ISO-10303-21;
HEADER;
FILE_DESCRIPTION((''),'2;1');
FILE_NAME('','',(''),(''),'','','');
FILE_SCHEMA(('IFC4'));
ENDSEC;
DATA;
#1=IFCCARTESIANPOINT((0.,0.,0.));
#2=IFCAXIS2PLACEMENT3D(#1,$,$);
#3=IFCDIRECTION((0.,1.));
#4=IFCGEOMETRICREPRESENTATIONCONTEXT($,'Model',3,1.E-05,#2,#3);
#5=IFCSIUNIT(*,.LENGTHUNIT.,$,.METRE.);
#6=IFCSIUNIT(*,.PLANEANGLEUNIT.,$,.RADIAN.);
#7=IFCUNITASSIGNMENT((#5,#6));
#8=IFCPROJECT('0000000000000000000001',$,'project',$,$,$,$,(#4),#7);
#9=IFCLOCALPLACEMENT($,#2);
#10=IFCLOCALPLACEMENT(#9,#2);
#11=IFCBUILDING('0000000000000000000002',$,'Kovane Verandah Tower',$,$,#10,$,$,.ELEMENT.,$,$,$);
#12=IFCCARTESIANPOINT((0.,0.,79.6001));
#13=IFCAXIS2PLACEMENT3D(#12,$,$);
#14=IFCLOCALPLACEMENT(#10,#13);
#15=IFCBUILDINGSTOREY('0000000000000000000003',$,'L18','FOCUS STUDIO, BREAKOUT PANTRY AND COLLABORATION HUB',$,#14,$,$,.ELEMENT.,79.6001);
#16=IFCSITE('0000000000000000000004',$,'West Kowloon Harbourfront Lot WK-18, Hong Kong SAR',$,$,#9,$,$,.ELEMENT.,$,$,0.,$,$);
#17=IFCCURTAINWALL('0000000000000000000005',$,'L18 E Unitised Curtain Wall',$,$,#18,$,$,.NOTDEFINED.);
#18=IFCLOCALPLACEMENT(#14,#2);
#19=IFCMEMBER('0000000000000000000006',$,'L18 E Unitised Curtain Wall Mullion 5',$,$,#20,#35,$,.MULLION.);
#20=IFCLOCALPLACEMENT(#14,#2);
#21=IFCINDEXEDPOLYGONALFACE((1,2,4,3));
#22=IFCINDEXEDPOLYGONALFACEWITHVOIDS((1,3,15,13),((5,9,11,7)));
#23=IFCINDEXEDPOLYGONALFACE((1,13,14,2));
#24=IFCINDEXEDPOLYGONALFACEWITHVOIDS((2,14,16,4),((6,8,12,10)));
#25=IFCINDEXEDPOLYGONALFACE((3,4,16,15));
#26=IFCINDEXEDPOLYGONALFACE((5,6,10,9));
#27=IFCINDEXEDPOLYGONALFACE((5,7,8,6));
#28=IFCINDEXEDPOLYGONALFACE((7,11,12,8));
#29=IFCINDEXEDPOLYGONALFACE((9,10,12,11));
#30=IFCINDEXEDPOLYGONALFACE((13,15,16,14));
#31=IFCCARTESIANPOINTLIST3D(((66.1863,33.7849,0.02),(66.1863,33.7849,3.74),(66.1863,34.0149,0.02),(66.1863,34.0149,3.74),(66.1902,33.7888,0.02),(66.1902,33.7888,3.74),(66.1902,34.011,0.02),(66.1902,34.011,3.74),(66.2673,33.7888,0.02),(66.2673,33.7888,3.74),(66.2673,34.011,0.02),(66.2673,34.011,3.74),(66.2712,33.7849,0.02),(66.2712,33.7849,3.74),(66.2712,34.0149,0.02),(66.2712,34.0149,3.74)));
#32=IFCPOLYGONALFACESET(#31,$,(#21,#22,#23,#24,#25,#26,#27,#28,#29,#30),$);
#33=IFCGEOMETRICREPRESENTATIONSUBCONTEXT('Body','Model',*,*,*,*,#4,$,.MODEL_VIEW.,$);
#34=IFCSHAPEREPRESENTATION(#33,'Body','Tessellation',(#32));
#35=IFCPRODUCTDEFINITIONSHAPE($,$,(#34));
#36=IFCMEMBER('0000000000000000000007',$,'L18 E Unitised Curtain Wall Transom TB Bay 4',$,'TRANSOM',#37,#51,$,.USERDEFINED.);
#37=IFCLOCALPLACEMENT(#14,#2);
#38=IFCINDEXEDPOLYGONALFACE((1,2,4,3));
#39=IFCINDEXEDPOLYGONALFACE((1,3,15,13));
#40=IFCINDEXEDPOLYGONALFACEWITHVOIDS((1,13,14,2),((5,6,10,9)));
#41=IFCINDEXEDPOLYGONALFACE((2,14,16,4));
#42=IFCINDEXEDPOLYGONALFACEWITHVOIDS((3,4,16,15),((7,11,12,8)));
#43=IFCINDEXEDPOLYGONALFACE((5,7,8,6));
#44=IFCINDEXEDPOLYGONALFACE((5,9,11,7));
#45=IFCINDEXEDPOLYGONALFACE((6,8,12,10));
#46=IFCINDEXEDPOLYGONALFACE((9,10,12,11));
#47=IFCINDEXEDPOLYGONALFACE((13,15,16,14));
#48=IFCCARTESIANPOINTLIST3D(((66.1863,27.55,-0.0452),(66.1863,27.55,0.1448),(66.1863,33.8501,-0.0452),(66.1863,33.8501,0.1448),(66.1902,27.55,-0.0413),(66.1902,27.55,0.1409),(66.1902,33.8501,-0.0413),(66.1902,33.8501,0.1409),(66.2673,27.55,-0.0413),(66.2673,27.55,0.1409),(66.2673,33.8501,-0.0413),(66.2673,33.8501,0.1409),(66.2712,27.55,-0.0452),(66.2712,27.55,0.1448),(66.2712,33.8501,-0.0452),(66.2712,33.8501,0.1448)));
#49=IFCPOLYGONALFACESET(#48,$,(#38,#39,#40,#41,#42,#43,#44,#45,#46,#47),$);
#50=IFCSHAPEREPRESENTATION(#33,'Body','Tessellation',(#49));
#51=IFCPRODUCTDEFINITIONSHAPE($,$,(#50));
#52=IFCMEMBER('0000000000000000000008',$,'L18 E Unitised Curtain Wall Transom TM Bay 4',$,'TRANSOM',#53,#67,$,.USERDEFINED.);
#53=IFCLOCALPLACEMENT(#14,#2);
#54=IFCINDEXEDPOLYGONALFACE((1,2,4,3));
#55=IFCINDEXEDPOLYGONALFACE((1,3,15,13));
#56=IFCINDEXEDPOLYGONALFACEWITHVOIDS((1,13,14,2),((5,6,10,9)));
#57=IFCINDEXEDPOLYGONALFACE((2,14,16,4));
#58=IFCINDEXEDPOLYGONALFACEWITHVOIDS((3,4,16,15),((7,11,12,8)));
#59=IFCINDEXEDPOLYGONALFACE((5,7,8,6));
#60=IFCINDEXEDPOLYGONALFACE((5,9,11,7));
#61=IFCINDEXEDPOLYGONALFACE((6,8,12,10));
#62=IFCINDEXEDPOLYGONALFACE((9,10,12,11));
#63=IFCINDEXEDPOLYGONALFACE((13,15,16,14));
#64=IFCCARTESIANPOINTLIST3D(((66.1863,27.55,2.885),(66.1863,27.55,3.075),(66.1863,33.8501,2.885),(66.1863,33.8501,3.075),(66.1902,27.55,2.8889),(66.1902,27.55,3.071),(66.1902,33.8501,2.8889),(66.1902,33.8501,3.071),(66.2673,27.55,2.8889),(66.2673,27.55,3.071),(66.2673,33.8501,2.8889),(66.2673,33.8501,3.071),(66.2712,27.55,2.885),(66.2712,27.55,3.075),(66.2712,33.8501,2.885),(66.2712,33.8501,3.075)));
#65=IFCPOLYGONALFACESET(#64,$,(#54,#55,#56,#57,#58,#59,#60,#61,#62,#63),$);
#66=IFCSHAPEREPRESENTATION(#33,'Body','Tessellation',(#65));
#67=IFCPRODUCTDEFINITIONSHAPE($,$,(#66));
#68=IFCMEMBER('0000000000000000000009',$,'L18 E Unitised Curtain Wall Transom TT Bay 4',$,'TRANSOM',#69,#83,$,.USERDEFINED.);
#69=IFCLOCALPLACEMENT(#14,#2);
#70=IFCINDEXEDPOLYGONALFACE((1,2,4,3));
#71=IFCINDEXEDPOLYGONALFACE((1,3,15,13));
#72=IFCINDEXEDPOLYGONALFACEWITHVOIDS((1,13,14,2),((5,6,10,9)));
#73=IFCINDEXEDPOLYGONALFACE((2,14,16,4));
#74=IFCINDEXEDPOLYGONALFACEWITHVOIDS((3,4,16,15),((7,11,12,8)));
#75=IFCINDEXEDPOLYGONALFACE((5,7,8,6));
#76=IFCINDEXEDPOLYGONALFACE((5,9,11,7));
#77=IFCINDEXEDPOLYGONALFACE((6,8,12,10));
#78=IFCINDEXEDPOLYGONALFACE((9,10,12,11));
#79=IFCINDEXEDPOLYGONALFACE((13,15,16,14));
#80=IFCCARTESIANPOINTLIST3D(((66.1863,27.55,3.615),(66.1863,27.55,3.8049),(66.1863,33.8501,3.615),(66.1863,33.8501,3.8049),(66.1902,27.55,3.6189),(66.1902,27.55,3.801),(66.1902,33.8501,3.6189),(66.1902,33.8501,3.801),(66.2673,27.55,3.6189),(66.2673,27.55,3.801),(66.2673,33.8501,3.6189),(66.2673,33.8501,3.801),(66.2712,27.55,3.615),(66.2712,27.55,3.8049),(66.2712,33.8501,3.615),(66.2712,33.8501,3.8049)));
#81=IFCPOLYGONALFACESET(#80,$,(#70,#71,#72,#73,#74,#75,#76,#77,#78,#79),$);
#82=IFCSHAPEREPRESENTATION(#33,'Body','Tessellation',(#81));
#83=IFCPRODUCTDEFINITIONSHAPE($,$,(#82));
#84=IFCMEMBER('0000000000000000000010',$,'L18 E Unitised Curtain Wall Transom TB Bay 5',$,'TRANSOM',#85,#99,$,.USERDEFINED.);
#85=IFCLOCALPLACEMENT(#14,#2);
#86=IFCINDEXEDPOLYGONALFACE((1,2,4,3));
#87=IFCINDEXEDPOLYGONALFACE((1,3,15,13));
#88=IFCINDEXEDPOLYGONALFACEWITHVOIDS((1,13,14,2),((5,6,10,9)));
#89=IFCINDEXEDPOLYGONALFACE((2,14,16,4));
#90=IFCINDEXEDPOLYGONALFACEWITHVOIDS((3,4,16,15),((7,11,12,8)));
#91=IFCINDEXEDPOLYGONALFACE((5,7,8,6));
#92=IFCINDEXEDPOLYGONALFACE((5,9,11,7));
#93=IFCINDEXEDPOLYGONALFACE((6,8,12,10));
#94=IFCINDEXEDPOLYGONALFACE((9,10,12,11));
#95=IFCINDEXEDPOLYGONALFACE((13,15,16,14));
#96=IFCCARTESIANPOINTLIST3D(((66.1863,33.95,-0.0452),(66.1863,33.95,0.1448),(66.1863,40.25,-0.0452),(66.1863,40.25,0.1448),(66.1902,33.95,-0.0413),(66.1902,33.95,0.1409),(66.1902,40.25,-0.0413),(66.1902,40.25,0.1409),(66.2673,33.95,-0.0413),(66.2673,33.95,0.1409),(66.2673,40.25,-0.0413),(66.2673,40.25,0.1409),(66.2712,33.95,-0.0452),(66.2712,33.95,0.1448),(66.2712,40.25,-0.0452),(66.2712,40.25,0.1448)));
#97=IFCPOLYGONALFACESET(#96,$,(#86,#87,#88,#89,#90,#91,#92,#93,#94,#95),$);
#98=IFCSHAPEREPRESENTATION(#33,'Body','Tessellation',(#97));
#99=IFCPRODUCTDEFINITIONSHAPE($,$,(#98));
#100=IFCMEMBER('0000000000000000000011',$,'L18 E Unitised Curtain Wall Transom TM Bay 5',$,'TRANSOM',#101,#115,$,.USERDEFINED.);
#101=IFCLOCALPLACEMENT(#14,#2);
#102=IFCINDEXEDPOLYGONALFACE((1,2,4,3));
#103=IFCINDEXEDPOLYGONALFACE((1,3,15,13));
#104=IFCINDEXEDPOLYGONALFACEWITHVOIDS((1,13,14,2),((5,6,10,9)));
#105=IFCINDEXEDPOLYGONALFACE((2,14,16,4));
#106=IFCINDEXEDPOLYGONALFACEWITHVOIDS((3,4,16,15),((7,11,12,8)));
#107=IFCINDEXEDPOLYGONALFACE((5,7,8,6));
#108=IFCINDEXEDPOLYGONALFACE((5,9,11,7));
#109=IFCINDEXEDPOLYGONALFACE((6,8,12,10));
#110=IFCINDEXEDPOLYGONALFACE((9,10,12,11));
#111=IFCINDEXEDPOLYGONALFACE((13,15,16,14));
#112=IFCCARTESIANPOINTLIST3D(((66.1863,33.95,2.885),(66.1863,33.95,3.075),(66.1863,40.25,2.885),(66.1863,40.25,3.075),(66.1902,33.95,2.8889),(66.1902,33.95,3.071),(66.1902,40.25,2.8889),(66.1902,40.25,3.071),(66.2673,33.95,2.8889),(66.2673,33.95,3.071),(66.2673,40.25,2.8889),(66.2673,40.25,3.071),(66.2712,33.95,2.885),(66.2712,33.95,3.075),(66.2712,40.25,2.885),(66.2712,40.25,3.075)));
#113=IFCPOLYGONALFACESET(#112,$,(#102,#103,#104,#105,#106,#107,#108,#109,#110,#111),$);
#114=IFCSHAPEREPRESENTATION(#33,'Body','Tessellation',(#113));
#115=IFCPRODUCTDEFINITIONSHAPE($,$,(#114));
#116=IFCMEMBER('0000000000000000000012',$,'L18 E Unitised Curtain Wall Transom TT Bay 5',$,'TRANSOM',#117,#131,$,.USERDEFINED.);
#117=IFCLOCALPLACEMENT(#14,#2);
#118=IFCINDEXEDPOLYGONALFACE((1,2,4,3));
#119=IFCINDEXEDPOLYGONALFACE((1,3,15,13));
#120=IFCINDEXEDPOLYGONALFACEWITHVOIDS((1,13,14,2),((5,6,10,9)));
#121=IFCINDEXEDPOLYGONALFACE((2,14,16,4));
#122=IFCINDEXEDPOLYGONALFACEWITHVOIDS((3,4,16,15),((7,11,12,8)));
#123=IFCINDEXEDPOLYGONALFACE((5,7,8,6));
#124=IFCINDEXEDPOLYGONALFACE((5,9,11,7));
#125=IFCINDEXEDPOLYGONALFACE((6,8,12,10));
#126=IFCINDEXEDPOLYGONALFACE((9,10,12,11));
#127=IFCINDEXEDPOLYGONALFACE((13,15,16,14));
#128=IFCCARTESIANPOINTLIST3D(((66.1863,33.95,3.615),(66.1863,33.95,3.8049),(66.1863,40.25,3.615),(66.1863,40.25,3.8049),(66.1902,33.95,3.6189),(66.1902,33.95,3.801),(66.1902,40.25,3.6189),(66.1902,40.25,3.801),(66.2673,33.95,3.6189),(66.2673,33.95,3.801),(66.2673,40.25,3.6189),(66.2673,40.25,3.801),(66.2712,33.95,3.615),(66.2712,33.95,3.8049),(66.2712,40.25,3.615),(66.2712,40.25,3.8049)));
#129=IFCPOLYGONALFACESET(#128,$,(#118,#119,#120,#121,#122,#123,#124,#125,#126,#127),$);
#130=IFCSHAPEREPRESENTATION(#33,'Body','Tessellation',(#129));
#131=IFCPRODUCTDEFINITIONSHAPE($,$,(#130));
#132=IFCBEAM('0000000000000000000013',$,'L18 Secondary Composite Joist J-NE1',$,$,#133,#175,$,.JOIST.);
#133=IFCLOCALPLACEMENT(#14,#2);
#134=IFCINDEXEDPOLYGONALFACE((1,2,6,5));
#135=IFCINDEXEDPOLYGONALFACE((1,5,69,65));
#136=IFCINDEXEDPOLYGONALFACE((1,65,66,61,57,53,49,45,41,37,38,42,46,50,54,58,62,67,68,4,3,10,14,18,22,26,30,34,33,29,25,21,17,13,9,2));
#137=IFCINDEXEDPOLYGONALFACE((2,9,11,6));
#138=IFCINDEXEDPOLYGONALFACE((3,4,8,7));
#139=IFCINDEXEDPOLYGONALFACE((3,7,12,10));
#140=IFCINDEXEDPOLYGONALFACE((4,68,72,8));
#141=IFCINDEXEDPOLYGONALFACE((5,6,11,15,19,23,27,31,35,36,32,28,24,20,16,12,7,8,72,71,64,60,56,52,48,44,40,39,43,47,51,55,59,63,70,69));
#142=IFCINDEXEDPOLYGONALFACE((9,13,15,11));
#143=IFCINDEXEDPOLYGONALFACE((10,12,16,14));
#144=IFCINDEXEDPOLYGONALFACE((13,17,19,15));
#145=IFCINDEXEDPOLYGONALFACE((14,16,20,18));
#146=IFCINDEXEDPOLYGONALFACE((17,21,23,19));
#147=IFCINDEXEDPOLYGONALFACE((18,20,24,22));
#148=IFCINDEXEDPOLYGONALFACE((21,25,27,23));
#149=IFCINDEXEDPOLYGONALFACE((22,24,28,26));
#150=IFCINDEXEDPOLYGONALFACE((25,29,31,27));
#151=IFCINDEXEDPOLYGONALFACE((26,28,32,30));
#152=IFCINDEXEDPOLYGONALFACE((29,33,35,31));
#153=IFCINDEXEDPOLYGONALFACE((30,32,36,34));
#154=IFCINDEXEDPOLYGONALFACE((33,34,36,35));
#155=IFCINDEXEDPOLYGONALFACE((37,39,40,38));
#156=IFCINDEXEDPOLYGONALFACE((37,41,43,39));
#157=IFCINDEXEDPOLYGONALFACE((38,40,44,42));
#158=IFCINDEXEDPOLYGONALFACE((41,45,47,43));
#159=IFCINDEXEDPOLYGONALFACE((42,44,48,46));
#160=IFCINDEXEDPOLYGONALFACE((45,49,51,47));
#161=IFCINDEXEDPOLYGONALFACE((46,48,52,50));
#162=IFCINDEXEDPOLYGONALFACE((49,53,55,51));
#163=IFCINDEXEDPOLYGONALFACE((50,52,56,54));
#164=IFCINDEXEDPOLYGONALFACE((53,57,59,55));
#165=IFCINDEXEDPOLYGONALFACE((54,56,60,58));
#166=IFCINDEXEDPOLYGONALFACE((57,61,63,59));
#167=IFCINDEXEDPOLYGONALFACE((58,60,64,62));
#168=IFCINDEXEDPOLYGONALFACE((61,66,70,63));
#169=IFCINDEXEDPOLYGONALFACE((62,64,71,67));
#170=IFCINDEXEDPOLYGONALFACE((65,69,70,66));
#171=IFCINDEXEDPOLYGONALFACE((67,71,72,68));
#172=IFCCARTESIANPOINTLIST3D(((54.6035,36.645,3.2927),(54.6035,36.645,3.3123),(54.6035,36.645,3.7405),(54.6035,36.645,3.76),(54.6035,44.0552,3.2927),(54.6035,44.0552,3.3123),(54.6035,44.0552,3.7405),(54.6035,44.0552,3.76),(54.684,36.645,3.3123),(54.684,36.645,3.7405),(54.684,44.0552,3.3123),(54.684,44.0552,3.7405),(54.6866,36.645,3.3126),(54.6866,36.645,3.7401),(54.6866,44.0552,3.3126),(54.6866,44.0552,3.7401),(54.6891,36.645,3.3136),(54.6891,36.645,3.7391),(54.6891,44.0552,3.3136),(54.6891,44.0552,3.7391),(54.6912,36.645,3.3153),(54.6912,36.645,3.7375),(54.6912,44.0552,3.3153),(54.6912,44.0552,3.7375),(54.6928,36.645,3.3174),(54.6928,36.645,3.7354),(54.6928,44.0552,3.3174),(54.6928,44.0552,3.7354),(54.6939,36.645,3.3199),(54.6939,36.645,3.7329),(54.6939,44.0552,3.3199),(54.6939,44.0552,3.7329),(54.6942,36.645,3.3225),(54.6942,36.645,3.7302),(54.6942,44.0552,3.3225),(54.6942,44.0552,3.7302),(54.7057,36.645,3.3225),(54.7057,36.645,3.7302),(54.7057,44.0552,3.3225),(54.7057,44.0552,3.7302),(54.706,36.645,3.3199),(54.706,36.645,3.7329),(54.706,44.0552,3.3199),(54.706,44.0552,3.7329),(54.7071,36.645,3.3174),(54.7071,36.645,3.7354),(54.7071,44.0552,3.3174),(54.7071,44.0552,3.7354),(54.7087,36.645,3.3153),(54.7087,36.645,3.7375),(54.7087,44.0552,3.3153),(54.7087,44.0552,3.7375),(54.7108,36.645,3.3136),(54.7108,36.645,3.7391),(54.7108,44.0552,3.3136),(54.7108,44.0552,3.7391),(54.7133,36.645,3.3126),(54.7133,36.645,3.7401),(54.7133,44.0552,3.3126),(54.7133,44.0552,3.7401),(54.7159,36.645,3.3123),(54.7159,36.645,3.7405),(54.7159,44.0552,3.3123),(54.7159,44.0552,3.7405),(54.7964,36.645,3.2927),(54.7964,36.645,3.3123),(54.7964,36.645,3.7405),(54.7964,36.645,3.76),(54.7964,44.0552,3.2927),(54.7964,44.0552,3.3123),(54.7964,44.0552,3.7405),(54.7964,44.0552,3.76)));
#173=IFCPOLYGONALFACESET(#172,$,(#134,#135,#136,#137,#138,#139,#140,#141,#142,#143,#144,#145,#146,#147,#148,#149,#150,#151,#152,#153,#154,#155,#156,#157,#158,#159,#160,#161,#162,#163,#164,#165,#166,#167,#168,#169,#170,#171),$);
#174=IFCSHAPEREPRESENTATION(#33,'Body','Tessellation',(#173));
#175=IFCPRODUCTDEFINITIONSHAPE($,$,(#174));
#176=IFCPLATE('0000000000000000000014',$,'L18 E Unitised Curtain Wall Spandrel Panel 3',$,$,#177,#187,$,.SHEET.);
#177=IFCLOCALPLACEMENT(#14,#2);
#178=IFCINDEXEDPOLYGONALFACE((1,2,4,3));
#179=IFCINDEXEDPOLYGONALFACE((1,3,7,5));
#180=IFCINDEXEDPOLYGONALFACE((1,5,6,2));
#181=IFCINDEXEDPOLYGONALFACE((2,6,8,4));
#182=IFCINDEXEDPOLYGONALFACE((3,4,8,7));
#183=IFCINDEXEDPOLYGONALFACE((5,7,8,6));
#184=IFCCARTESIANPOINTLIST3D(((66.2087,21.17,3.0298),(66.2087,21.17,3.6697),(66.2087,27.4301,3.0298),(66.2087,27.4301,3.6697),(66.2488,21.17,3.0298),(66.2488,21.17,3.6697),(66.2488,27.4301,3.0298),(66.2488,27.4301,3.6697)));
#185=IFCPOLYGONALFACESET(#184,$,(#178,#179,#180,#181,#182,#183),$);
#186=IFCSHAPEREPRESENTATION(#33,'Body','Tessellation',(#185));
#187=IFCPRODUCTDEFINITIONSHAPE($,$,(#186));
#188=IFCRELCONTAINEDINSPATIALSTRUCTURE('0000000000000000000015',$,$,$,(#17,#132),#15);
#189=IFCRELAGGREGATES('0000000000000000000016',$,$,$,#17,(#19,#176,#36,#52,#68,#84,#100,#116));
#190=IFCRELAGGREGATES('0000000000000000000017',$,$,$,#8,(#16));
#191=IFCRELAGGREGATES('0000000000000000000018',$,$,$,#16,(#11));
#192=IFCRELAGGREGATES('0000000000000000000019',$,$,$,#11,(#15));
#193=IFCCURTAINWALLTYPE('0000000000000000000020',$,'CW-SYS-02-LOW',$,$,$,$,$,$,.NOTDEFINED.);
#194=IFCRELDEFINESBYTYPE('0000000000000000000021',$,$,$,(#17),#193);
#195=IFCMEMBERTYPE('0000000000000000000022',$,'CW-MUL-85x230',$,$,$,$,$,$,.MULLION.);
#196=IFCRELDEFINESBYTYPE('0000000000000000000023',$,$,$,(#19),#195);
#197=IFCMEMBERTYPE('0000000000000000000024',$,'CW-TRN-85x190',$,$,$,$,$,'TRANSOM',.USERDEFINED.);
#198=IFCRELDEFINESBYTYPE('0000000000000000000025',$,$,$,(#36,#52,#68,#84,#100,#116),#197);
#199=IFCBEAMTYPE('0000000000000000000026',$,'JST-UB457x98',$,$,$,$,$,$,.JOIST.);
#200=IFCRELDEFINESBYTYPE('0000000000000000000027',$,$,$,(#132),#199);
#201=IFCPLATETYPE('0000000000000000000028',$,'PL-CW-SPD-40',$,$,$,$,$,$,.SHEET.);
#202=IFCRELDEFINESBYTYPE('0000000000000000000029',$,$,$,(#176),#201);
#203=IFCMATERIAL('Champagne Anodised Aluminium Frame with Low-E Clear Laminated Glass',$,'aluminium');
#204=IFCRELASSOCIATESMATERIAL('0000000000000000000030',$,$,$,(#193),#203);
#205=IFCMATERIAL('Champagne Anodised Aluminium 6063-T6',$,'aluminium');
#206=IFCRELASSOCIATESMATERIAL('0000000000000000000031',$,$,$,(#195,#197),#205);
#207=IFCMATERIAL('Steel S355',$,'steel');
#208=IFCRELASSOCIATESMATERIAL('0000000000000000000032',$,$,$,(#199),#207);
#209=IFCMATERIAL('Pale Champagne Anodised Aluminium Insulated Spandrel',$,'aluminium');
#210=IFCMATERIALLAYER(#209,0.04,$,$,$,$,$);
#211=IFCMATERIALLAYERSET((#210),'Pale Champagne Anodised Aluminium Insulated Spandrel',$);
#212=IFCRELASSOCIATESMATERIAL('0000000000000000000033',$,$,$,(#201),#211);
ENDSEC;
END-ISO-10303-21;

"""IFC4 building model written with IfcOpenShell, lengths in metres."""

from ifc_helpers import new_model, si_unit, direction, frame, origin, origin_2d, place, context, subcontext, project, spatial, rectangle, hollow_rectangle, i_section, extrude, material, layer, layer_set, material_profile, profile_set, type_object, element, aggregate, save


model = new_model("IFC4")

# Units and contexts
model_context = context("Model", 3, precision=1e-05, world=origin(), true_north=direction((0.0, 1.0)))
body_context = subcontext(model_context, "Body", "Model", "MODEL_VIEW")
ifc_project = project(units=[si_unit("LENGTHUNIT", "METRE"), si_unit("PLANEANGLEUNIT", "RADIAN")], contexts=[model_context])

# Site, building, storey
site_placement = place(None, origin())
site = spatial("IfcSite", under=ifc_project, at=site_placement, Name="West Kowloon Harbourfront Lot WK-18, Hong Kong SAR", CompositionType="ELEMENT", RefElevation=0.0)
building_placement = place(site_placement, origin())
building = spatial("IfcBuilding", under=site, at=building_placement, Name="Kovane Verandah Tower", CompositionType="ELEMENT")
storey_placement = place(building_placement, frame((0.0, 0.0, 79.6001)))
storey = spatial("IfcBuildingStorey", under=building, at=storey_placement, Name="L18", Description="FOCUS STUDIO, BREAKOUT PANTRY AND COLLABORATION HUB", CompositionType="ELEMENT", Elevation=79.6001)

# Shared definitions
ifc_material_1 = material(Name="Steel S355", Category="steel")

# Curtain wall, members
ifc_material_2 = material(Name="Champagne Anodised Aluminium Frame with Low-E Clear Laminated Glass", Category="aluminium")
curtain_wall_type = type_object("IfcCurtainWallType", Name="CW-SYS-02-LOW", PredefinedType="NOTDEFINED", material=ifc_material_2)
curtain_wall_placement = place(storey_placement, origin())
curtain_wall = element("IfcCurtainWall", 1, at=curtain_wall_placement, inside=storey, type_object=curtain_wall_type, Name="L18 E Unitised Curtain Wall", PredefinedType="NOTDEFINED")
ifc_material_3 = material(Name="Champagne Anodised Aluminium 6063-T6", Category="aluminium")
ifc_material_profile_1 = material_profile(ifc_material_3, hollow_rectangle(XDim=0.085, YDim=0.23, WallThickness=0.0039, at=origin_2d()), Name="AL85x230x4")
ifc_profile_set_1 = profile_set([ifc_material_profile_1], Name="Champagne Anodised Aluminium 6063-T6")
member_type_1 = type_object("IfcMemberType", Name="CW-MUL-85x230", PredefinedType="MULLION", material=ifc_profile_set_1)
member_1_placement = place(storey_placement, frame((66.2288, 33.8999, 0.02), z_axis=(0.0, 0.0, 1.0), x_axis=(1.0, 0.0, 0.0)))
member_1 = element("IfcMember", 2, at=member_1_placement, type_object=member_type_1, Name="L18 E Unitised Curtain Wall Mullion 5", PredefinedType="MULLION", context=body_context, shape_type="SweptSolid", body=[
    extrude(hollow_rectangle(XDim=0.085, YDim=0.23, WallThickness=0.0039, at=origin_2d()), origin(), (0.0, 0.0, 1.0), 3.72),
])
ifc_material_profile_2 = material_profile(ifc_material_3, hollow_rectangle(XDim=0.085, YDim=0.1899, WallThickness=0.0039, at=origin_2d()), Name="AL85x190x4")
ifc_profile_set_2 = profile_set([ifc_material_profile_2], Name="Champagne Anodised Aluminium 6063-T6")
member_type_2 = type_object("IfcMemberType", Name="CW-TRN-85x190", ElementType="TRANSOM", PredefinedType="USERDEFINED", material=ifc_profile_set_2)
member_2_placement = place(storey_placement, frame((66.2288, 27.55, 0.0498), z_axis=(0.0, 1.0, 0.0), x_axis=(-1.0, 0.0, 0.0)))
member_2 = element("IfcMember", 3, at=member_2_placement, type_object=member_type_2, Name="L18 E Unitised Curtain Wall Transom TB Bay 4", ObjectType="TRANSOM", PredefinedType="USERDEFINED", context=body_context, shape_type="SweptSolid", body=[
    extrude(hollow_rectangle(XDim=0.085, YDim=0.1899, WallThickness=0.0039, at=origin_2d()), origin(), (0.0, 0.0, 1.0), 6.3),
])
member_3_placement = place(storey_placement, frame((66.2288, 27.55, 2.98), z_axis=(0.0, 1.0, 0.0), x_axis=(-1.0, 0.0, 0.0)))
member_3 = element("IfcMember", 4, at=member_3_placement, type_object=member_type_2, Name="L18 E Unitised Curtain Wall Transom TM Bay 4", ObjectType="TRANSOM", PredefinedType="USERDEFINED", context=body_context, shape_type="SweptSolid", body=[
    extrude(hollow_rectangle(XDim=0.085, YDim=0.1899, WallThickness=0.0039, at=origin_2d()), origin(), (0.0, 0.0, 1.0), 6.3),
])
member_4_placement = place(storey_placement, frame((66.2288, 27.55, 3.71), z_axis=(0.0, 1.0, 0.0), x_axis=(-1.0, 0.0, 0.0)))
member_4 = element("IfcMember", 5, at=member_4_placement, type_object=member_type_2, Name="L18 E Unitised Curtain Wall Transom TT Bay 4", ObjectType="TRANSOM", PredefinedType="USERDEFINED", context=body_context, shape_type="SweptSolid", body=[
    extrude(hollow_rectangle(XDim=0.085, YDim=0.1899, WallThickness=0.0039, at=origin_2d()), origin(), (0.0, 0.0, 1.0), 6.3),
])
member_5_placement = place(storey_placement, frame((66.2288, 33.95, 0.0498), z_axis=(0.0, 1.0, 0.0), x_axis=(-1.0, 0.0, 0.0)))
member_5 = element("IfcMember", 6, at=member_5_placement, type_object=member_type_2, Name="L18 E Unitised Curtain Wall Transom TB Bay 5", ObjectType="TRANSOM", PredefinedType="USERDEFINED", context=body_context, shape_type="SweptSolid", body=[
    extrude(hollow_rectangle(XDim=0.085, YDim=0.1899, WallThickness=0.0039, at=origin_2d()), origin(), (0.0, 0.0, 1.0), 6.3),
])
member_6_placement = place(storey_placement, frame((66.2288, 33.95, 2.98), z_axis=(0.0, 1.0, 0.0), x_axis=(-1.0, 0.0, 0.0)))
member_6 = element("IfcMember", 7, at=member_6_placement, type_object=member_type_2, Name="L18 E Unitised Curtain Wall Transom TM Bay 5", ObjectType="TRANSOM", PredefinedType="USERDEFINED", context=body_context, shape_type="SweptSolid", body=[
    extrude(hollow_rectangle(XDim=0.085, YDim=0.1899, WallThickness=0.0039, at=origin_2d()), origin(), (0.0, 0.0, 1.0), 6.3),
])
member_7_placement = place(storey_placement, frame((66.2288, 33.95, 3.71), z_axis=(0.0, 1.0, 0.0), x_axis=(-1.0, 0.0, 0.0)))
member_7 = element("IfcMember", 8, at=member_7_placement, type_object=member_type_2, Name="L18 E Unitised Curtain Wall Transom TT Bay 5", ObjectType="TRANSOM", PredefinedType="USERDEFINED", context=body_context, shape_type="SweptSolid", body=[
    extrude(hollow_rectangle(XDim=0.085, YDim=0.1899, WallThickness=0.0039, at=origin_2d()), origin(), (0.0, 0.0, 1.0), 6.3),
])

# Beam
ifc_material_profile_3 = material_profile(ifc_material_1, i_section(OverallWidth=0.1929, OverallDepth=0.4673, WebThickness=0.0115, FlangeThickness=0.0195, FilletRadius=0.0103, at=origin_2d()), Name="UB457x191x98")
ifc_profile_set_3 = profile_set([ifc_material_profile_3], Name="Steel S355")
beam_type_1 = type_object("IfcBeamType", Name="JST-UB457x98", PredefinedType="JOIST", material=ifc_profile_set_3)
beam_1_placement = place(storey_placement, frame((54.7, 36.645, 3.5264), z_axis=(0.0, 1.0, 0.0), x_axis=(-1.0, 0.0, 0.0)))
element("IfcBeam", 9, at=beam_1_placement, inside=storey, type_object=beam_type_1, Name="L18 Secondary Composite Joist J-NE1", PredefinedType="JOIST", context=body_context, shape_type="SweptSolid", body=[
    extrude(i_section(OverallWidth=0.1929, OverallDepth=0.4673, WebThickness=0.0115, FlangeThickness=0.0195, FilletRadius=0.0103, at=origin_2d()), origin(), (0.0, 0.0, 1.0), 7.4102),
])

# Plate
ifc_material_4 = material(Name="Pale Champagne Anodised Aluminium Insulated Spandrel", Category="aluminium")
ifc_layer_1 = layer(ifc_material_4, 0.04)
ifc_layer_set_1 = layer_set([ifc_layer_1], Name="Pale Champagne Anodised Aluminium Insulated Spandrel")
plate_type_1 = type_object("IfcPlateType", Name="PL-CW-SPD-40", PredefinedType="SHEET", material=ifc_layer_set_1)
plate_1_placement = place(storey_placement, frame((66.2288, 24.3, 3.0298), z_axis=(0.0, 0.0, 1.0), x_axis=(0.0, 1.0, 0.0)))
plate_1 = element("IfcPlate", 10, at=plate_1_placement, type_object=plate_type_1, Name="L18 E Unitised Curtain Wall Spandrel Panel 3", PredefinedType="SHEET", context=body_context, shape_type="SweptSolid", body=[
    extrude(rectangle(XDim=6.26, YDim=0.04, at=origin_2d()), origin(), (0.0, 0.0, 1.0), 0.6399),
])
aggregate(curtain_wall, [member_1, plate_1, member_2, member_3, member_4, member_5, member_6, member_7])

save(model, "model.ifc")
